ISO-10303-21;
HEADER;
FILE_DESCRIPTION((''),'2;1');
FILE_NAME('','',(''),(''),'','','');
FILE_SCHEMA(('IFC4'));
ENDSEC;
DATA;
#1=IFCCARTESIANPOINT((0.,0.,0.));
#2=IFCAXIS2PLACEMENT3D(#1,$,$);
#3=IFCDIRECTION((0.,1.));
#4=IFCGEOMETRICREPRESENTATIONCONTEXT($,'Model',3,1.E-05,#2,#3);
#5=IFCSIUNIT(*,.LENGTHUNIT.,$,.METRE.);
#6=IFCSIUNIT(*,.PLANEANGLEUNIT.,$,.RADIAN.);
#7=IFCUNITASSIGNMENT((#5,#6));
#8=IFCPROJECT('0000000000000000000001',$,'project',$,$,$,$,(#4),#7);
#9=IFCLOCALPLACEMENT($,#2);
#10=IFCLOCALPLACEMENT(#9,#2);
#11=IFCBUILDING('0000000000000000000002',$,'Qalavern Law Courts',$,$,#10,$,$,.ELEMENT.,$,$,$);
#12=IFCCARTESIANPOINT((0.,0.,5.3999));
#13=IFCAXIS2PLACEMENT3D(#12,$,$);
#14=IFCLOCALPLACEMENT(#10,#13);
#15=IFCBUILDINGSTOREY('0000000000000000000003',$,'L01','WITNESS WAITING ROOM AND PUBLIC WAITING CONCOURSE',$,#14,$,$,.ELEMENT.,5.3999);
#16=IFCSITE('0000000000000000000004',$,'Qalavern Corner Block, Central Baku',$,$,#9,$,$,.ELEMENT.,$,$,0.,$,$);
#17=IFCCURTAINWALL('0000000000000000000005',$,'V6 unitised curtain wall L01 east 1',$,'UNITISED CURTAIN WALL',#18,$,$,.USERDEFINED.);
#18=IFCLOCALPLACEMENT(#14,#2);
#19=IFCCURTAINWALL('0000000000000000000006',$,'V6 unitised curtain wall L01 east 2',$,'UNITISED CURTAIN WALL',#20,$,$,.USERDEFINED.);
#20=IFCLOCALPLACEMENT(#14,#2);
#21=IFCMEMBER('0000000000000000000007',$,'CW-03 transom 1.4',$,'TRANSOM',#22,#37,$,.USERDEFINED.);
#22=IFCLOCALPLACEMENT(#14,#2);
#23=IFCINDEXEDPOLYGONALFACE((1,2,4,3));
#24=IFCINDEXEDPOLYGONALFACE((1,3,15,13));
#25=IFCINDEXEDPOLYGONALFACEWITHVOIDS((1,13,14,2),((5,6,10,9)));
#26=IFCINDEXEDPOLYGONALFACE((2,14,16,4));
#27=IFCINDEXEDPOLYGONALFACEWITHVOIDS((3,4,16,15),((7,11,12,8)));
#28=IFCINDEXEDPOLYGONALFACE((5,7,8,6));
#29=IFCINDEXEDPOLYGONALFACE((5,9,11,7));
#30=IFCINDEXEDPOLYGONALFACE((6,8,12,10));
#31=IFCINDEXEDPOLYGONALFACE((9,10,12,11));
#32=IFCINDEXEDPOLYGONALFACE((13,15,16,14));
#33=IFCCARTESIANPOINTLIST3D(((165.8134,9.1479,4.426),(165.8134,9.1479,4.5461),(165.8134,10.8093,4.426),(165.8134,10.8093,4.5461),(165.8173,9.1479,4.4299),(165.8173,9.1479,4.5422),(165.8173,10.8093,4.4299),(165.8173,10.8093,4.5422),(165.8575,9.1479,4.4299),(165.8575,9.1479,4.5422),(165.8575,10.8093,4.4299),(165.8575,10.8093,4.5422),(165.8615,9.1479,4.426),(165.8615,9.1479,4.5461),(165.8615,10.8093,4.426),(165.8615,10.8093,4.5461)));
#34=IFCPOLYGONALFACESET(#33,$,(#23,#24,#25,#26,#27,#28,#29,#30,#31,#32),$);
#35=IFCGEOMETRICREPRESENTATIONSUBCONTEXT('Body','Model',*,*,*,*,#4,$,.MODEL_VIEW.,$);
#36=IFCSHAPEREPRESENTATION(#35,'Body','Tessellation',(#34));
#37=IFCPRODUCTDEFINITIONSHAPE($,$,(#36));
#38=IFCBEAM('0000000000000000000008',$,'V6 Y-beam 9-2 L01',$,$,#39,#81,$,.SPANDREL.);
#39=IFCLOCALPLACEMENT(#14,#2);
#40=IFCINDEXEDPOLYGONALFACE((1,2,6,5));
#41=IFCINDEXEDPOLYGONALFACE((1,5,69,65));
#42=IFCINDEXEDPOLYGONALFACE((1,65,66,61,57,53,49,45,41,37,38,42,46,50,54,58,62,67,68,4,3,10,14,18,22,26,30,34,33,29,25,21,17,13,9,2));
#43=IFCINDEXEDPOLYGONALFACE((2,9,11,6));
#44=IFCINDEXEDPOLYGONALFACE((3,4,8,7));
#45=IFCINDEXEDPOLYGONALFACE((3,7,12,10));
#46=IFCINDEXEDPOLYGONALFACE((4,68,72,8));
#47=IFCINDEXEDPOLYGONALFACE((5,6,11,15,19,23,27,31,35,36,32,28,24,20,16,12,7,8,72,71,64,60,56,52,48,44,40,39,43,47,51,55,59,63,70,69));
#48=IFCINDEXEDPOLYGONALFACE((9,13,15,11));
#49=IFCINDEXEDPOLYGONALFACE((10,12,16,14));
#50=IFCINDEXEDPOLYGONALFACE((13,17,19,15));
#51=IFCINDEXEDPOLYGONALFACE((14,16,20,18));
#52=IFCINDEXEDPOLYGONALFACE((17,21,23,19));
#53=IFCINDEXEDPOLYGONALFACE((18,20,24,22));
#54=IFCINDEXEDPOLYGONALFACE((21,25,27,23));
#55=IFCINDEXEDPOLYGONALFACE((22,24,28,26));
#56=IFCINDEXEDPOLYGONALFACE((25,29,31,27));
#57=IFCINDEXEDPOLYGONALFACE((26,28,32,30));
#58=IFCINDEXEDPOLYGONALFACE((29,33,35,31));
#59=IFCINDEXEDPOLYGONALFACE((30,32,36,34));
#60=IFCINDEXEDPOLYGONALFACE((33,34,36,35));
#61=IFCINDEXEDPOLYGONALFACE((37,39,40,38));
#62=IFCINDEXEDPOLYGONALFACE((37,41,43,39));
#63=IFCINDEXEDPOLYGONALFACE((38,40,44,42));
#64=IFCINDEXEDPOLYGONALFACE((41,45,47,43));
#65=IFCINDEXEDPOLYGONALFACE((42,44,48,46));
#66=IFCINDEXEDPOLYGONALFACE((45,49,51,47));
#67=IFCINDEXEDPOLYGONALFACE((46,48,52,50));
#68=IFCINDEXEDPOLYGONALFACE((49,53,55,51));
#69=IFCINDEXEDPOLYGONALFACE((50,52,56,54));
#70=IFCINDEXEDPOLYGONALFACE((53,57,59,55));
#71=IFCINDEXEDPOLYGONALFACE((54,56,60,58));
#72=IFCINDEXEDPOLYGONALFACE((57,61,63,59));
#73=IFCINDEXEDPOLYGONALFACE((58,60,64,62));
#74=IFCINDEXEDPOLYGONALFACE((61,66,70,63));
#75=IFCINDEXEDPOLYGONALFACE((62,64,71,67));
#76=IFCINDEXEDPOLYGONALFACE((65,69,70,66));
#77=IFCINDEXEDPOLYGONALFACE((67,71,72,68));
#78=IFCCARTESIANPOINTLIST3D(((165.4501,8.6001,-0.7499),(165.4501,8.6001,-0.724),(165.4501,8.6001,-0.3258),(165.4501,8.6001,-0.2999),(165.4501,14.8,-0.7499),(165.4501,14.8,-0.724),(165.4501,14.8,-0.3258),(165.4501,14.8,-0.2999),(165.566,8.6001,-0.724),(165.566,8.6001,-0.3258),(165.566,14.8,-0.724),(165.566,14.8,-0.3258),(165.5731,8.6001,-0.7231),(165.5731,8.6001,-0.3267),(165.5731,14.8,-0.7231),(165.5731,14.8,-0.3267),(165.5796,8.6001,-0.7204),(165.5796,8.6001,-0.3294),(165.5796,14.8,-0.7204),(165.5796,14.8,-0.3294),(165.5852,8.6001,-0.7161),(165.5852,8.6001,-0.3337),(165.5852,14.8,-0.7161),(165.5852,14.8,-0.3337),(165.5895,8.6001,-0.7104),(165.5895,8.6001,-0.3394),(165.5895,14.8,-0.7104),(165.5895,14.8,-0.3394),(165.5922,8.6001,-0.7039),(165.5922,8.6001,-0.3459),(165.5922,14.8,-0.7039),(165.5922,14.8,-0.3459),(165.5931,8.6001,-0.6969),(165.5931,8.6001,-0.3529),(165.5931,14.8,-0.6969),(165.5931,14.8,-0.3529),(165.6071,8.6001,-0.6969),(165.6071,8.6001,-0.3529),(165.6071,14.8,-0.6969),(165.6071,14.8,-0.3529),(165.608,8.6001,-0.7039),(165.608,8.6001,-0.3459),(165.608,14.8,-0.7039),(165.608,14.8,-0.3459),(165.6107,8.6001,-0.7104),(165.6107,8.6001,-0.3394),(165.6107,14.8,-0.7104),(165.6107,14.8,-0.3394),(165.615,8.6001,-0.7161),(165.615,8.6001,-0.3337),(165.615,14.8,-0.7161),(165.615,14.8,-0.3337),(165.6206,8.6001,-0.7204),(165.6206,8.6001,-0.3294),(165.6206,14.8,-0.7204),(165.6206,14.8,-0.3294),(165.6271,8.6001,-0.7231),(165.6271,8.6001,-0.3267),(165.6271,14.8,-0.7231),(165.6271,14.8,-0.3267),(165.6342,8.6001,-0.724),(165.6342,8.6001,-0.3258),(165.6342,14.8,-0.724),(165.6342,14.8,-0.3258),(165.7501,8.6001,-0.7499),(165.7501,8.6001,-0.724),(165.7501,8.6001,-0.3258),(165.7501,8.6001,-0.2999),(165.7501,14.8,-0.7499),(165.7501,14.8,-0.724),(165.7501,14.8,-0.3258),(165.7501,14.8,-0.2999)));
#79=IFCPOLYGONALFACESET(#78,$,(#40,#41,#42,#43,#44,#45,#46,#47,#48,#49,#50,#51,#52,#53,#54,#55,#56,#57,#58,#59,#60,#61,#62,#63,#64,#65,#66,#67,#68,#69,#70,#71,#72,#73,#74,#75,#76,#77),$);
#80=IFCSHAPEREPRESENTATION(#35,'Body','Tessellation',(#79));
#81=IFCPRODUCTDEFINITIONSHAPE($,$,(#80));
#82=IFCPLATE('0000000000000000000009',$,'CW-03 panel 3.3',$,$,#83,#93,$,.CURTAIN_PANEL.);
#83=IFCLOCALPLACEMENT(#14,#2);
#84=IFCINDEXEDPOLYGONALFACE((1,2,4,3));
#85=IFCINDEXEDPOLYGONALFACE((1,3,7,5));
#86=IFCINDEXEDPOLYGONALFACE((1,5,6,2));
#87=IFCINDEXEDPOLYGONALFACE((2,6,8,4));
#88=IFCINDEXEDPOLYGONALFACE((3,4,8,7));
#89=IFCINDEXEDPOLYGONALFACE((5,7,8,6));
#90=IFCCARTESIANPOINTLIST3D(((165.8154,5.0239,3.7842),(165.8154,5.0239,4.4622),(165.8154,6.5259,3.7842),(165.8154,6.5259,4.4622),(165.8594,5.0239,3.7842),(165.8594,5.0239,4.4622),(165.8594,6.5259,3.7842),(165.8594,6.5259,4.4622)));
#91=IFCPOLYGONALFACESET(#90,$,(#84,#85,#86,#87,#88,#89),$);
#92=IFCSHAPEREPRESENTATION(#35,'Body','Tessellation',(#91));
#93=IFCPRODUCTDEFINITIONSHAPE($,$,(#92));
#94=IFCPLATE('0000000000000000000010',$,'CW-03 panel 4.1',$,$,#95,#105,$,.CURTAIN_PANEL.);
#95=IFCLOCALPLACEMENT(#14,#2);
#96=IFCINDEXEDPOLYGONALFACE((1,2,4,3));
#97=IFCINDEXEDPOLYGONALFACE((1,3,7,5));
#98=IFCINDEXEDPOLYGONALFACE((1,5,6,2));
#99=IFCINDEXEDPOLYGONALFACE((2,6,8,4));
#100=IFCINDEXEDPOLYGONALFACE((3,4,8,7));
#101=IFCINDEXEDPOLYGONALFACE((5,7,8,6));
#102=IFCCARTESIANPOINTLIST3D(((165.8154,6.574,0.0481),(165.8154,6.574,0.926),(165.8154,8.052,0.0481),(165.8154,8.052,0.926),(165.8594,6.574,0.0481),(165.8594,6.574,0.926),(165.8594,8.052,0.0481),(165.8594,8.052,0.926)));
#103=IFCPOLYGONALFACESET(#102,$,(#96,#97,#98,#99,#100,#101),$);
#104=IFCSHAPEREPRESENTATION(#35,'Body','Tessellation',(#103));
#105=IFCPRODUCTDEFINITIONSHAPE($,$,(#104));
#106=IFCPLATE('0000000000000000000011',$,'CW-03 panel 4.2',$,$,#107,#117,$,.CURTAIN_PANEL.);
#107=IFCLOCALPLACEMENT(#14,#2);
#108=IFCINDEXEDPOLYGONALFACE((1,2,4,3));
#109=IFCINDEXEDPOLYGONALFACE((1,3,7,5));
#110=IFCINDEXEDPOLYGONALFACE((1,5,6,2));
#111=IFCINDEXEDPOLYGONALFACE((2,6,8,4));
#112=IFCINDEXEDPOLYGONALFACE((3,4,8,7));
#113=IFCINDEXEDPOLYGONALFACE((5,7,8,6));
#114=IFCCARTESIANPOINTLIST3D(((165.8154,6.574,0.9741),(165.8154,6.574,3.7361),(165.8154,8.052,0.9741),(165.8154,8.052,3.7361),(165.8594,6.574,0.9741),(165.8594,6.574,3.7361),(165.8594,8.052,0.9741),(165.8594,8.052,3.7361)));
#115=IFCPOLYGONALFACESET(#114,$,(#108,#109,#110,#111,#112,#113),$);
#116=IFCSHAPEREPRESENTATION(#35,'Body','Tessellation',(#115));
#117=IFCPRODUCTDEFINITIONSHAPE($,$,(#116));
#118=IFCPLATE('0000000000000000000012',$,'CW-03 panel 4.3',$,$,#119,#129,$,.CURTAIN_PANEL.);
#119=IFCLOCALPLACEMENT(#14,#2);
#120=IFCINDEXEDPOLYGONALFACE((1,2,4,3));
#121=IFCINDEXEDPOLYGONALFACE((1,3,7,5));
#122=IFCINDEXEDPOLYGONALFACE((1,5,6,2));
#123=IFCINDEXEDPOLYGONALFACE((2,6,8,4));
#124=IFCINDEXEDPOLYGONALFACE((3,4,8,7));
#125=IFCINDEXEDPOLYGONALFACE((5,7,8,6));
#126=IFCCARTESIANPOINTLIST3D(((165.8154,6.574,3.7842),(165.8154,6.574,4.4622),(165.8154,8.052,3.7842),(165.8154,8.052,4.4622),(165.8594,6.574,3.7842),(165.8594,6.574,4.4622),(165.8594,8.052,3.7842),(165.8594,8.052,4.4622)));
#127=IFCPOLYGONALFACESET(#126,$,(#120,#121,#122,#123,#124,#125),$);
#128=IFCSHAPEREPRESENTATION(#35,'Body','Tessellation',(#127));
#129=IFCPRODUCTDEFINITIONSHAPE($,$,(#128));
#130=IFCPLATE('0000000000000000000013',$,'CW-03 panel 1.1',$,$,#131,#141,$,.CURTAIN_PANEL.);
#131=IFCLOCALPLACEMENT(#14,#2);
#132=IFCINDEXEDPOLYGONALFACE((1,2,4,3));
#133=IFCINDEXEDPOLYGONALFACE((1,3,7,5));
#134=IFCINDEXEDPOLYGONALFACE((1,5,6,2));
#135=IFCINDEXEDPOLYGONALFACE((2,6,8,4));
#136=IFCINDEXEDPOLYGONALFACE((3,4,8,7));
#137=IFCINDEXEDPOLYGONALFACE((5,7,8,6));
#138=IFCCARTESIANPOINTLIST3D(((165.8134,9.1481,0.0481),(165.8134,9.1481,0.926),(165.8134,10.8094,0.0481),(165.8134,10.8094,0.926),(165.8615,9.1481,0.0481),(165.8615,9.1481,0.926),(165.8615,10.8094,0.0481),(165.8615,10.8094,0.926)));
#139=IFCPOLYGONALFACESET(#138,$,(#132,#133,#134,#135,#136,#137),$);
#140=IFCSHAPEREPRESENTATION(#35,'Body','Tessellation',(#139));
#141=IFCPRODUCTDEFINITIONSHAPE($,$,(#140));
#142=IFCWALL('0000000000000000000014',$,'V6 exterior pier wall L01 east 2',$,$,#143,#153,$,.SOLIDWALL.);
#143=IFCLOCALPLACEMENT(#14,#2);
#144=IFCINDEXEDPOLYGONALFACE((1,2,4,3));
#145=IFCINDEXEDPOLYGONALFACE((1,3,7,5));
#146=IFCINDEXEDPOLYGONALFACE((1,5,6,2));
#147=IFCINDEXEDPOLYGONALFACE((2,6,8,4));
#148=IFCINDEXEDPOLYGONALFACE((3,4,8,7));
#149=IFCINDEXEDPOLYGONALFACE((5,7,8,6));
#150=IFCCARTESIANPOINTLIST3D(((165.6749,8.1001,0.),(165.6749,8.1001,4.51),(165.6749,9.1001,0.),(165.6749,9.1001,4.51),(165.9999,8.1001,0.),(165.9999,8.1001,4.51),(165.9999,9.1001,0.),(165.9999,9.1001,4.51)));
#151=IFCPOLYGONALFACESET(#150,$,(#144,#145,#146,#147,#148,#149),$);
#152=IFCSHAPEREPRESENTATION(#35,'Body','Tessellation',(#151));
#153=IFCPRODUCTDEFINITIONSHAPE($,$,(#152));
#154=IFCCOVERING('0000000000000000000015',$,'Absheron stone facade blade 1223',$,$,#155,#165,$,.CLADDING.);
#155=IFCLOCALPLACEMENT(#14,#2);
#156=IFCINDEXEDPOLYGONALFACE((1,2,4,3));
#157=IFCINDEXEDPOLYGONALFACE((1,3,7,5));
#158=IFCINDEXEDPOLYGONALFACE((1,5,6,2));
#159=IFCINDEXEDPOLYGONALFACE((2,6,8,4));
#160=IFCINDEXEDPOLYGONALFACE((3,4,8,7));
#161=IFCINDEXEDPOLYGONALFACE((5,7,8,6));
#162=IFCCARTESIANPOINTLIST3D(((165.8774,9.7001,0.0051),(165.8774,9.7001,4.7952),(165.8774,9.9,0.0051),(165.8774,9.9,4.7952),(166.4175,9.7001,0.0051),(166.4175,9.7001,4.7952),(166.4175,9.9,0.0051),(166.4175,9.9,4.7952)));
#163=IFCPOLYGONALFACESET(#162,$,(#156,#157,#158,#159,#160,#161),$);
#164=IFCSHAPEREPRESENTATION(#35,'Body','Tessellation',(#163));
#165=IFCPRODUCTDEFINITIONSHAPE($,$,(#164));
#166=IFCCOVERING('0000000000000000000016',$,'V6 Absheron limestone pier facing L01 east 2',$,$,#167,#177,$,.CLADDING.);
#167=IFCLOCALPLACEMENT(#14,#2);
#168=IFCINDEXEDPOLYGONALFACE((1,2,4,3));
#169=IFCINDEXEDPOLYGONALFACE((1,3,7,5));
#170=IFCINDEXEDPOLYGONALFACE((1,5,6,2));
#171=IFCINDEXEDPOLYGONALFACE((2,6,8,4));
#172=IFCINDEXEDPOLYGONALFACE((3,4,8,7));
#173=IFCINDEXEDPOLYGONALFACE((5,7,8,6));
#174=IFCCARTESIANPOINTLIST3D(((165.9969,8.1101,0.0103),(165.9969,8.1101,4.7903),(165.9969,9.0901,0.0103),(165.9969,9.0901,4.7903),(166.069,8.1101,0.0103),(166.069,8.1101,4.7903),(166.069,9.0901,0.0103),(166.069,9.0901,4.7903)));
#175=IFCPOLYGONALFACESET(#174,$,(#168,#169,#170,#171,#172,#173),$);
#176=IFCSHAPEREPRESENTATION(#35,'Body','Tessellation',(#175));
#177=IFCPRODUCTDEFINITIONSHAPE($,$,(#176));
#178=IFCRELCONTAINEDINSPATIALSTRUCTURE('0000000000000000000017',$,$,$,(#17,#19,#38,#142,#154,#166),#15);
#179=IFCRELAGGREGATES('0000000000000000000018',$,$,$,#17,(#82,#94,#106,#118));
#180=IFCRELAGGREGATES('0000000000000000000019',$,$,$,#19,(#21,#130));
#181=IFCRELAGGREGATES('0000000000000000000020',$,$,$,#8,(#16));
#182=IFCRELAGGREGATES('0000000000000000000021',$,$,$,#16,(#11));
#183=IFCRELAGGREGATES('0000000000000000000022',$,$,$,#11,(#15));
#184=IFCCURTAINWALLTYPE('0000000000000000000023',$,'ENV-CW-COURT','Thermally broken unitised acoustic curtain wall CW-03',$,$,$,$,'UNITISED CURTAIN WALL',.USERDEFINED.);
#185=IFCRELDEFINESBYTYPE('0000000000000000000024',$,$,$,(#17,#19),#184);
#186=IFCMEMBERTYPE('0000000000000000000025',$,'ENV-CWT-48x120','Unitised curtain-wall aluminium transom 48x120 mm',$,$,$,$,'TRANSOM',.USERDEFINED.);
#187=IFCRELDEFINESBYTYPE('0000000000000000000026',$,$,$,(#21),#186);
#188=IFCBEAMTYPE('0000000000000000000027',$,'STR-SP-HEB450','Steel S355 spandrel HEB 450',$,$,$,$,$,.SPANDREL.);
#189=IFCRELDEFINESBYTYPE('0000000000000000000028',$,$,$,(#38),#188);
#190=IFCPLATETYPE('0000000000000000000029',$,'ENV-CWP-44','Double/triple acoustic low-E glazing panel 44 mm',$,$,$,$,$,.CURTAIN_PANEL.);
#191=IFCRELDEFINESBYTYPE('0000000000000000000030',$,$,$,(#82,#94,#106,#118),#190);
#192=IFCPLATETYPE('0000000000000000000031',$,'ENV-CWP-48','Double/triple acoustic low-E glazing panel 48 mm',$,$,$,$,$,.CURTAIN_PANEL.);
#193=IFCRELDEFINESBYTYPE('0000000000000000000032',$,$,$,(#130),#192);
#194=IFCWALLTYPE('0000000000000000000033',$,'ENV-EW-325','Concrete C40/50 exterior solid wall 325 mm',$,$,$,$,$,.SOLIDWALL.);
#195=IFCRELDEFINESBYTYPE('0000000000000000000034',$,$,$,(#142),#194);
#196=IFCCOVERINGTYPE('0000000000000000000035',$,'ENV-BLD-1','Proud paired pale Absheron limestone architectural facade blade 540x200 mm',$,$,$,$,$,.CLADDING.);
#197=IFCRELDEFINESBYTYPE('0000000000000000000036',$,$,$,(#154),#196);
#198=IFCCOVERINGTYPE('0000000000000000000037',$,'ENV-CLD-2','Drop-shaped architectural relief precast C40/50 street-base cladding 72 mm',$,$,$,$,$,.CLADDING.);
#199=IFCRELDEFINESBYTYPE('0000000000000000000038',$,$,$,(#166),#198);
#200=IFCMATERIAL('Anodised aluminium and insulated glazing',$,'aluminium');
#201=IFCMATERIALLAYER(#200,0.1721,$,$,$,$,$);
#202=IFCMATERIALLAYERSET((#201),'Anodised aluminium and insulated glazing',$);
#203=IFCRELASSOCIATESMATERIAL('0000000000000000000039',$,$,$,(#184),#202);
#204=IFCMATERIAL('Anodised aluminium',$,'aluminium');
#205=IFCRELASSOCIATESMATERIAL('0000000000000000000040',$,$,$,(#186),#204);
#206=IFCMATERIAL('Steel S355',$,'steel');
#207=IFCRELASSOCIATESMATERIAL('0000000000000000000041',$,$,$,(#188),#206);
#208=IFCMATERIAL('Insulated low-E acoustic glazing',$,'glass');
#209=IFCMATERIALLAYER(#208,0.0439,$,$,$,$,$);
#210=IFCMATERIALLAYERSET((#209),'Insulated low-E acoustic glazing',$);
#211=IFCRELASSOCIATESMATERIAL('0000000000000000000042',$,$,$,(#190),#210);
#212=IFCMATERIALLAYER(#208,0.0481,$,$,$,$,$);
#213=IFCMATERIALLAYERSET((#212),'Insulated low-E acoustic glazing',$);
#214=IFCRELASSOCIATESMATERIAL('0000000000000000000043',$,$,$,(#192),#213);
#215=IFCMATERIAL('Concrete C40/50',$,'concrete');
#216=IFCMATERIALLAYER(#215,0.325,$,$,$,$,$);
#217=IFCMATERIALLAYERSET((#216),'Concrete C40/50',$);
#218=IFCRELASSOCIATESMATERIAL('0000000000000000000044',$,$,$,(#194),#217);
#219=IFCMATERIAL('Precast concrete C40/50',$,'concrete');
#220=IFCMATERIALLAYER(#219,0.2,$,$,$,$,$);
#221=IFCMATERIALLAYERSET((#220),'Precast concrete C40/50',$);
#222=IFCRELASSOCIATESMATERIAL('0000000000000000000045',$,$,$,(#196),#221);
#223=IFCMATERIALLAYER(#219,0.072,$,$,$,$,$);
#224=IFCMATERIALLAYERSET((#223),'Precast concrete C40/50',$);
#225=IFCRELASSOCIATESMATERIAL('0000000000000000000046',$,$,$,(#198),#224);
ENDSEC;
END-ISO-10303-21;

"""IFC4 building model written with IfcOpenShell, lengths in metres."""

from ifc_helpers import new_model, si_unit, direction, frame, frame_2d, origin, origin_2d, place, context, subcontext, project, spatial, rectangle, hollow_rectangle, i_section, extrude, material, layer, layer_set, material_profile, profile_set, type_object, element, aggregate, save


model = new_model("IFC4")

# Units and contexts
model_context = context("Model", 3, precision=1e-05, world=origin(), true_north=direction((0.0, 1.0)))
body_context = subcontext(model_context, "Body", "Model", "MODEL_VIEW")
ifc_project = project(units=[si_unit("LENGTHUNIT", "METRE"), si_unit("PLANEANGLEUNIT", "RADIAN")], contexts=[model_context])

# Site, building, storey
site_placement = place(None, origin())
site = spatial("IfcSite", under=ifc_project, at=site_placement, Name="Qalavern Corner Block, Central Baku", CompositionType="ELEMENT", RefElevation=0.0)
building_placement = place(site_placement, origin())
building = spatial("IfcBuilding", under=site, at=building_placement, Name="Qalavern Law Courts", CompositionType="ELEMENT")
storey_placement = place(building_placement, frame((0.0, 0.0, 5.3999)))
storey = spatial("IfcBuildingStorey", under=building, at=storey_placement, Name="L01", Description="WITNESS WAITING ROOM AND PUBLIC WAITING CONCOURSE", CompositionType="ELEMENT", Elevation=5.3999)

# Curtain wall
ifc_material_1 = material(Name="Anodised aluminium and insulated glazing", Category="aluminium")
ifc_layer_1 = layer(ifc_material_1, 0.1721)
ifc_layer_set_1 = layer_set([ifc_layer_1], Name="Anodised aluminium and insulated glazing")
curtain_wall_type = type_object("IfcCurtainWallType", Name="ENV-CW-COURT", Description="Thermally broken unitised acoustic curtain wall CW-03", ElementType="UNITISED CURTAIN WALL", PredefinedType="USERDEFINED", material=ifc_layer_set_1)
curtain_wall_1_placement = place(storey_placement, origin())
curtain_wall_1 = element("IfcCurtainWall", 1, at=curtain_wall_1_placement, inside=storey, type_object=curtain_wall_type, Name="V6 unitised curtain wall L01 east 1", ObjectType="UNITISED CURTAIN WALL", PredefinedType="USERDEFINED")
ifc_material_2 = material(Name="Anodised aluminium", Category="aluminium")

# Curtain wall
curtain_wall_2_placement = place(storey_placement, origin())
curtain_wall_2 = element("IfcCurtainWall", 2, at=curtain_wall_2_placement, inside=storey, type_object=curtain_wall_type, Name="V6 unitised curtain wall L01 east 2", ObjectType="UNITISED CURTAIN WALL", PredefinedType="USERDEFINED")

# Member
ifc_material_profile_1 = material_profile(ifc_material_2, hollow_rectangle(XDim=0.0481, YDim=0.1201, WallThickness=0.0039, at=origin_2d()), Name="ALU TRANSOM 48x120")
ifc_profile_set_1 = profile_set([ifc_material_profile_1], Name="Anodised aluminium")
member_type_1 = type_object("IfcMemberType", Name="ENV-CWT-48x120", Description="Unitised curtain-wall aluminium transom 48x120 mm", ElementType="TRANSOM", PredefinedType="USERDEFINED", material=ifc_profile_set_1)
member_1_placement = place(storey_placement, frame((165.8374, 9.1479, 4.4861), z_axis=(0.0, 1.0, 0.0), x_axis=(-1.0, 0.0, 0.0)))
member_1 = element("IfcMember", 3, at=member_1_placement, type_object=member_type_1, Name="CW-03 transom 1.4", ObjectType="TRANSOM", PredefinedType="USERDEFINED", context=body_context, shape_type="SweptSolid", body=[
    extrude(hollow_rectangle(XDim=0.0481, YDim=0.1201, WallThickness=0.0039, at=origin_2d()), origin(), (0.0, 0.0, 1.0), 1.6614),
])

# Beam
ifc_material_3 = material(Name="Steel S355", Category="steel")
ifc_material_profile_2 = material_profile(ifc_material_3, i_section(OverallWidth=0.3, OverallDepth=0.45, WebThickness=0.0139, FlangeThickness=0.0259, FilletRadius=0.0271, at=origin_2d()), Name="HEB 450")
ifc_profile_set_2 = profile_set([ifc_material_profile_2], Name="Steel S355")
beam_type = type_object("IfcBeamType", Name="STR-SP-HEB450", Description="Steel S355 spandrel HEB 450", PredefinedType="SPANDREL", material=ifc_profile_set_2)
beam_placement = place(storey_placement, frame((165.6001, 8.6001, -0.5249), z_axis=(0.0, 1.0, 0.0), x_axis=(-1.0, 0.0, 0.0)))
element("IfcBeam", 4, at=beam_placement, inside=storey, type_object=beam_type, Name="V6 Y-beam 9-2 L01", PredefinedType="SPANDREL", context=body_context, shape_type="SweptSolid", body=[
    extrude(i_section(OverallWidth=0.3, OverallDepth=0.45, WebThickness=0.0139, FlangeThickness=0.0259, FilletRadius=0.0271, at=origin_2d()), origin(), (0.0, 0.0, 1.0), 6.2),
])

# Plates
ifc_material_4 = material(Name="Insulated low-E acoustic glazing", Category="glass")
ifc_layer_2 = layer(ifc_material_4, 0.0439)
ifc_layer_set_2 = layer_set([ifc_layer_2], Name="Insulated low-E acoustic glazing")
plate_type_1 = type_object("IfcPlateType", Name="ENV-CWP-44", Description="Double/triple acoustic low-E glazing panel 44 mm", PredefinedType="CURTAIN_PANEL", material=ifc_layer_set_2)
plate_1_placement = place(storey_placement, frame((165.8374, 5.7749, 3.7842), z_axis=(0.0, 0.0, 1.0), x_axis=(0.0, 1.0, 0.0)))
plate_1 = element("IfcPlate", 5, at=plate_1_placement, type_object=plate_type_1, Name="CW-03 panel 3.3", PredefinedType="CURTAIN_PANEL", context=body_context, shape_type="SweptSolid", body=[
    extrude(rectangle(XDim=1.502, YDim=0.0439, at=origin_2d()), origin(), (0.0, 0.0, 1.0), 0.678),
])
plate_2_placement = place(storey_placement, frame((165.8374, 7.313, 0.0481), z_axis=(0.0, 0.0, 1.0), x_axis=(0.0, 1.0, 0.0)))
plate_2 = element("IfcPlate", 6, at=plate_2_placement, type_object=plate_type_1, Name="CW-03 panel 4.1", PredefinedType="CURTAIN_PANEL", context=body_context, shape_type="SweptSolid", body=[
    extrude(rectangle(XDim=1.478, YDim=0.0439, at=origin_2d()), origin(), (0.0, 0.0, 1.0), 0.8779),
])
plate_3_placement = place(storey_placement, frame((165.8374, 7.313, 0.9741), z_axis=(0.0, 0.0, 1.0), x_axis=(0.0, 1.0, 0.0)))
plate_3 = element("IfcPlate", 7, at=plate_3_placement, type_object=plate_type_1, Name="CW-03 panel 4.2", PredefinedType="CURTAIN_PANEL", context=body_context, shape_type="SweptSolid", body=[
    extrude(rectangle(XDim=1.478, YDim=0.0439, at=origin_2d()), origin(), (0.0, 0.0, 1.0), 2.762),
])
plate_4_placement = place(storey_placement, frame((165.8374, 7.313, 3.7842), z_axis=(0.0, 0.0, 1.0), x_axis=(0.0, 1.0, 0.0)))
plate_4 = element("IfcPlate", 8, at=plate_4_placement, type_object=plate_type_1, Name="CW-03 panel 4.3", PredefinedType="CURTAIN_PANEL", context=body_context, shape_type="SweptSolid", body=[
    extrude(rectangle(XDim=1.478, YDim=0.0439, at=origin_2d()), origin(), (0.0, 0.0, 1.0), 0.678),
])
aggregate(curtain_wall_1, [plate_1, plate_2, plate_3, plate_4])
ifc_layer_3 = layer(ifc_material_4, 0.0481)
ifc_layer_set_3 = layer_set([ifc_layer_3], Name="Insulated low-E acoustic glazing")
plate_type_2 = type_object("IfcPlateType", Name="ENV-CWP-48", Description="Double/triple acoustic low-E glazing panel 48 mm", PredefinedType="CURTAIN_PANEL", material=ifc_layer_set_3)
plate_5_placement = place(storey_placement, frame((165.8374, 9.9788, 0.0481), z_axis=(0.0, 0.0, 1.0), x_axis=(0.0, 1.0, 0.0)))
plate_5 = element("IfcPlate", 9, at=plate_5_placement, type_object=plate_type_2, Name="CW-03 panel 1.1", PredefinedType="CURTAIN_PANEL", context=body_context, shape_type="SweptSolid", body=[
    extrude(rectangle(XDim=1.6614, YDim=0.0481, at=origin_2d()), origin(), (0.0, 0.0, 1.0), 0.8779),
])
aggregate(curtain_wall_2, [member_1, plate_5])

# Wall
ifc_material_5 = material(Name="Concrete C40/50", Category="concrete")
ifc_layer_4 = layer(ifc_material_5, 0.325)
ifc_layer_set_4 = layer_set([ifc_layer_4], Name="Concrete C40/50")
wall_type = type_object("IfcWallType", Name="ENV-EW-325", Description="Concrete C40/50 exterior solid wall 325 mm", PredefinedType="SOLIDWALL", material=ifc_layer_set_4)
wall_placement = place(storey_placement, frame((165.8374, 8.1001, 0.0), z_axis=(0.0, 0.0, 1.0), x_axis=(0.0, 1.0, 0.0)))
element("IfcWall", 10, at=wall_placement, inside=storey, type_object=wall_type, Name="V6 exterior pier wall L01 east 2", PredefinedType="SOLIDWALL", context=body_context, shape_type="SweptSolid", body=[
    extrude(rectangle(XDim=1.0, YDim=0.325, at=frame_2d((0.5, 0.0))), origin(), (0.0, 0.0, 1.0), 4.51),
])

# Coverings
ifc_material_6 = material(Name="Precast concrete C40/50", Category="concrete")
ifc_layer_5 = layer(ifc_material_6, 0.2)
ifc_layer_set_5 = layer_set([ifc_layer_5], Name="Precast concrete C40/50")
covering_type_1 = type_object("IfcCoveringType", Name="ENV-BLD-1", Description="Proud paired pale Absheron limestone architectural facade blade 540x200 mm", PredefinedType="CLADDING", material=ifc_layer_set_5)
covering_1_placement = place(storey_placement, frame((166.1475, 9.8, 0.0051), z_axis=(0.0, 0.0, 1.0), x_axis=(1.0, 0.0, 0.0)))
element("IfcCovering", 11, at=covering_1_placement, inside=storey, type_object=covering_type_1, Name="Absheron stone facade blade 1223", PredefinedType="CLADDING", context=body_context, shape_type="SweptSolid", body=[
    extrude(rectangle(XDim=0.54, YDim=0.2, at=origin_2d()), origin(), (0.0, 0.0, 1.0), 4.79),
])
ifc_layer_6 = layer(ifc_material_6, 0.072)
ifc_layer_set_6 = layer_set([ifc_layer_6], Name="Precast concrete C40/50")
covering_type_2 = type_object("IfcCoveringType", Name="ENV-CLD-2", Description="Drop-shaped architectural relief precast C40/50 street-base cladding 72 mm", PredefinedType="CLADDING", material=ifc_layer_set_6)
covering_2_placement = place(storey_placement, frame((166.033, 8.6001, 0.0103), z_axis=(0.0, 0.0, 1.0), x_axis=(0.0, 1.0, 0.0)))
element("IfcCovering", 12, at=covering_2_placement, inside=storey, type_object=covering_type_2, Name="V6 Absheron limestone pier facing L01 east 2", PredefinedType="CLADDING", context=body_context, shape_type="SweptSolid", body=[
    extrude(rectangle(XDim=0.98, YDim=0.072, at=origin_2d()), origin(), (0.0, 0.0, 1.0), 4.78),
])

save(model, "model.ifc")
